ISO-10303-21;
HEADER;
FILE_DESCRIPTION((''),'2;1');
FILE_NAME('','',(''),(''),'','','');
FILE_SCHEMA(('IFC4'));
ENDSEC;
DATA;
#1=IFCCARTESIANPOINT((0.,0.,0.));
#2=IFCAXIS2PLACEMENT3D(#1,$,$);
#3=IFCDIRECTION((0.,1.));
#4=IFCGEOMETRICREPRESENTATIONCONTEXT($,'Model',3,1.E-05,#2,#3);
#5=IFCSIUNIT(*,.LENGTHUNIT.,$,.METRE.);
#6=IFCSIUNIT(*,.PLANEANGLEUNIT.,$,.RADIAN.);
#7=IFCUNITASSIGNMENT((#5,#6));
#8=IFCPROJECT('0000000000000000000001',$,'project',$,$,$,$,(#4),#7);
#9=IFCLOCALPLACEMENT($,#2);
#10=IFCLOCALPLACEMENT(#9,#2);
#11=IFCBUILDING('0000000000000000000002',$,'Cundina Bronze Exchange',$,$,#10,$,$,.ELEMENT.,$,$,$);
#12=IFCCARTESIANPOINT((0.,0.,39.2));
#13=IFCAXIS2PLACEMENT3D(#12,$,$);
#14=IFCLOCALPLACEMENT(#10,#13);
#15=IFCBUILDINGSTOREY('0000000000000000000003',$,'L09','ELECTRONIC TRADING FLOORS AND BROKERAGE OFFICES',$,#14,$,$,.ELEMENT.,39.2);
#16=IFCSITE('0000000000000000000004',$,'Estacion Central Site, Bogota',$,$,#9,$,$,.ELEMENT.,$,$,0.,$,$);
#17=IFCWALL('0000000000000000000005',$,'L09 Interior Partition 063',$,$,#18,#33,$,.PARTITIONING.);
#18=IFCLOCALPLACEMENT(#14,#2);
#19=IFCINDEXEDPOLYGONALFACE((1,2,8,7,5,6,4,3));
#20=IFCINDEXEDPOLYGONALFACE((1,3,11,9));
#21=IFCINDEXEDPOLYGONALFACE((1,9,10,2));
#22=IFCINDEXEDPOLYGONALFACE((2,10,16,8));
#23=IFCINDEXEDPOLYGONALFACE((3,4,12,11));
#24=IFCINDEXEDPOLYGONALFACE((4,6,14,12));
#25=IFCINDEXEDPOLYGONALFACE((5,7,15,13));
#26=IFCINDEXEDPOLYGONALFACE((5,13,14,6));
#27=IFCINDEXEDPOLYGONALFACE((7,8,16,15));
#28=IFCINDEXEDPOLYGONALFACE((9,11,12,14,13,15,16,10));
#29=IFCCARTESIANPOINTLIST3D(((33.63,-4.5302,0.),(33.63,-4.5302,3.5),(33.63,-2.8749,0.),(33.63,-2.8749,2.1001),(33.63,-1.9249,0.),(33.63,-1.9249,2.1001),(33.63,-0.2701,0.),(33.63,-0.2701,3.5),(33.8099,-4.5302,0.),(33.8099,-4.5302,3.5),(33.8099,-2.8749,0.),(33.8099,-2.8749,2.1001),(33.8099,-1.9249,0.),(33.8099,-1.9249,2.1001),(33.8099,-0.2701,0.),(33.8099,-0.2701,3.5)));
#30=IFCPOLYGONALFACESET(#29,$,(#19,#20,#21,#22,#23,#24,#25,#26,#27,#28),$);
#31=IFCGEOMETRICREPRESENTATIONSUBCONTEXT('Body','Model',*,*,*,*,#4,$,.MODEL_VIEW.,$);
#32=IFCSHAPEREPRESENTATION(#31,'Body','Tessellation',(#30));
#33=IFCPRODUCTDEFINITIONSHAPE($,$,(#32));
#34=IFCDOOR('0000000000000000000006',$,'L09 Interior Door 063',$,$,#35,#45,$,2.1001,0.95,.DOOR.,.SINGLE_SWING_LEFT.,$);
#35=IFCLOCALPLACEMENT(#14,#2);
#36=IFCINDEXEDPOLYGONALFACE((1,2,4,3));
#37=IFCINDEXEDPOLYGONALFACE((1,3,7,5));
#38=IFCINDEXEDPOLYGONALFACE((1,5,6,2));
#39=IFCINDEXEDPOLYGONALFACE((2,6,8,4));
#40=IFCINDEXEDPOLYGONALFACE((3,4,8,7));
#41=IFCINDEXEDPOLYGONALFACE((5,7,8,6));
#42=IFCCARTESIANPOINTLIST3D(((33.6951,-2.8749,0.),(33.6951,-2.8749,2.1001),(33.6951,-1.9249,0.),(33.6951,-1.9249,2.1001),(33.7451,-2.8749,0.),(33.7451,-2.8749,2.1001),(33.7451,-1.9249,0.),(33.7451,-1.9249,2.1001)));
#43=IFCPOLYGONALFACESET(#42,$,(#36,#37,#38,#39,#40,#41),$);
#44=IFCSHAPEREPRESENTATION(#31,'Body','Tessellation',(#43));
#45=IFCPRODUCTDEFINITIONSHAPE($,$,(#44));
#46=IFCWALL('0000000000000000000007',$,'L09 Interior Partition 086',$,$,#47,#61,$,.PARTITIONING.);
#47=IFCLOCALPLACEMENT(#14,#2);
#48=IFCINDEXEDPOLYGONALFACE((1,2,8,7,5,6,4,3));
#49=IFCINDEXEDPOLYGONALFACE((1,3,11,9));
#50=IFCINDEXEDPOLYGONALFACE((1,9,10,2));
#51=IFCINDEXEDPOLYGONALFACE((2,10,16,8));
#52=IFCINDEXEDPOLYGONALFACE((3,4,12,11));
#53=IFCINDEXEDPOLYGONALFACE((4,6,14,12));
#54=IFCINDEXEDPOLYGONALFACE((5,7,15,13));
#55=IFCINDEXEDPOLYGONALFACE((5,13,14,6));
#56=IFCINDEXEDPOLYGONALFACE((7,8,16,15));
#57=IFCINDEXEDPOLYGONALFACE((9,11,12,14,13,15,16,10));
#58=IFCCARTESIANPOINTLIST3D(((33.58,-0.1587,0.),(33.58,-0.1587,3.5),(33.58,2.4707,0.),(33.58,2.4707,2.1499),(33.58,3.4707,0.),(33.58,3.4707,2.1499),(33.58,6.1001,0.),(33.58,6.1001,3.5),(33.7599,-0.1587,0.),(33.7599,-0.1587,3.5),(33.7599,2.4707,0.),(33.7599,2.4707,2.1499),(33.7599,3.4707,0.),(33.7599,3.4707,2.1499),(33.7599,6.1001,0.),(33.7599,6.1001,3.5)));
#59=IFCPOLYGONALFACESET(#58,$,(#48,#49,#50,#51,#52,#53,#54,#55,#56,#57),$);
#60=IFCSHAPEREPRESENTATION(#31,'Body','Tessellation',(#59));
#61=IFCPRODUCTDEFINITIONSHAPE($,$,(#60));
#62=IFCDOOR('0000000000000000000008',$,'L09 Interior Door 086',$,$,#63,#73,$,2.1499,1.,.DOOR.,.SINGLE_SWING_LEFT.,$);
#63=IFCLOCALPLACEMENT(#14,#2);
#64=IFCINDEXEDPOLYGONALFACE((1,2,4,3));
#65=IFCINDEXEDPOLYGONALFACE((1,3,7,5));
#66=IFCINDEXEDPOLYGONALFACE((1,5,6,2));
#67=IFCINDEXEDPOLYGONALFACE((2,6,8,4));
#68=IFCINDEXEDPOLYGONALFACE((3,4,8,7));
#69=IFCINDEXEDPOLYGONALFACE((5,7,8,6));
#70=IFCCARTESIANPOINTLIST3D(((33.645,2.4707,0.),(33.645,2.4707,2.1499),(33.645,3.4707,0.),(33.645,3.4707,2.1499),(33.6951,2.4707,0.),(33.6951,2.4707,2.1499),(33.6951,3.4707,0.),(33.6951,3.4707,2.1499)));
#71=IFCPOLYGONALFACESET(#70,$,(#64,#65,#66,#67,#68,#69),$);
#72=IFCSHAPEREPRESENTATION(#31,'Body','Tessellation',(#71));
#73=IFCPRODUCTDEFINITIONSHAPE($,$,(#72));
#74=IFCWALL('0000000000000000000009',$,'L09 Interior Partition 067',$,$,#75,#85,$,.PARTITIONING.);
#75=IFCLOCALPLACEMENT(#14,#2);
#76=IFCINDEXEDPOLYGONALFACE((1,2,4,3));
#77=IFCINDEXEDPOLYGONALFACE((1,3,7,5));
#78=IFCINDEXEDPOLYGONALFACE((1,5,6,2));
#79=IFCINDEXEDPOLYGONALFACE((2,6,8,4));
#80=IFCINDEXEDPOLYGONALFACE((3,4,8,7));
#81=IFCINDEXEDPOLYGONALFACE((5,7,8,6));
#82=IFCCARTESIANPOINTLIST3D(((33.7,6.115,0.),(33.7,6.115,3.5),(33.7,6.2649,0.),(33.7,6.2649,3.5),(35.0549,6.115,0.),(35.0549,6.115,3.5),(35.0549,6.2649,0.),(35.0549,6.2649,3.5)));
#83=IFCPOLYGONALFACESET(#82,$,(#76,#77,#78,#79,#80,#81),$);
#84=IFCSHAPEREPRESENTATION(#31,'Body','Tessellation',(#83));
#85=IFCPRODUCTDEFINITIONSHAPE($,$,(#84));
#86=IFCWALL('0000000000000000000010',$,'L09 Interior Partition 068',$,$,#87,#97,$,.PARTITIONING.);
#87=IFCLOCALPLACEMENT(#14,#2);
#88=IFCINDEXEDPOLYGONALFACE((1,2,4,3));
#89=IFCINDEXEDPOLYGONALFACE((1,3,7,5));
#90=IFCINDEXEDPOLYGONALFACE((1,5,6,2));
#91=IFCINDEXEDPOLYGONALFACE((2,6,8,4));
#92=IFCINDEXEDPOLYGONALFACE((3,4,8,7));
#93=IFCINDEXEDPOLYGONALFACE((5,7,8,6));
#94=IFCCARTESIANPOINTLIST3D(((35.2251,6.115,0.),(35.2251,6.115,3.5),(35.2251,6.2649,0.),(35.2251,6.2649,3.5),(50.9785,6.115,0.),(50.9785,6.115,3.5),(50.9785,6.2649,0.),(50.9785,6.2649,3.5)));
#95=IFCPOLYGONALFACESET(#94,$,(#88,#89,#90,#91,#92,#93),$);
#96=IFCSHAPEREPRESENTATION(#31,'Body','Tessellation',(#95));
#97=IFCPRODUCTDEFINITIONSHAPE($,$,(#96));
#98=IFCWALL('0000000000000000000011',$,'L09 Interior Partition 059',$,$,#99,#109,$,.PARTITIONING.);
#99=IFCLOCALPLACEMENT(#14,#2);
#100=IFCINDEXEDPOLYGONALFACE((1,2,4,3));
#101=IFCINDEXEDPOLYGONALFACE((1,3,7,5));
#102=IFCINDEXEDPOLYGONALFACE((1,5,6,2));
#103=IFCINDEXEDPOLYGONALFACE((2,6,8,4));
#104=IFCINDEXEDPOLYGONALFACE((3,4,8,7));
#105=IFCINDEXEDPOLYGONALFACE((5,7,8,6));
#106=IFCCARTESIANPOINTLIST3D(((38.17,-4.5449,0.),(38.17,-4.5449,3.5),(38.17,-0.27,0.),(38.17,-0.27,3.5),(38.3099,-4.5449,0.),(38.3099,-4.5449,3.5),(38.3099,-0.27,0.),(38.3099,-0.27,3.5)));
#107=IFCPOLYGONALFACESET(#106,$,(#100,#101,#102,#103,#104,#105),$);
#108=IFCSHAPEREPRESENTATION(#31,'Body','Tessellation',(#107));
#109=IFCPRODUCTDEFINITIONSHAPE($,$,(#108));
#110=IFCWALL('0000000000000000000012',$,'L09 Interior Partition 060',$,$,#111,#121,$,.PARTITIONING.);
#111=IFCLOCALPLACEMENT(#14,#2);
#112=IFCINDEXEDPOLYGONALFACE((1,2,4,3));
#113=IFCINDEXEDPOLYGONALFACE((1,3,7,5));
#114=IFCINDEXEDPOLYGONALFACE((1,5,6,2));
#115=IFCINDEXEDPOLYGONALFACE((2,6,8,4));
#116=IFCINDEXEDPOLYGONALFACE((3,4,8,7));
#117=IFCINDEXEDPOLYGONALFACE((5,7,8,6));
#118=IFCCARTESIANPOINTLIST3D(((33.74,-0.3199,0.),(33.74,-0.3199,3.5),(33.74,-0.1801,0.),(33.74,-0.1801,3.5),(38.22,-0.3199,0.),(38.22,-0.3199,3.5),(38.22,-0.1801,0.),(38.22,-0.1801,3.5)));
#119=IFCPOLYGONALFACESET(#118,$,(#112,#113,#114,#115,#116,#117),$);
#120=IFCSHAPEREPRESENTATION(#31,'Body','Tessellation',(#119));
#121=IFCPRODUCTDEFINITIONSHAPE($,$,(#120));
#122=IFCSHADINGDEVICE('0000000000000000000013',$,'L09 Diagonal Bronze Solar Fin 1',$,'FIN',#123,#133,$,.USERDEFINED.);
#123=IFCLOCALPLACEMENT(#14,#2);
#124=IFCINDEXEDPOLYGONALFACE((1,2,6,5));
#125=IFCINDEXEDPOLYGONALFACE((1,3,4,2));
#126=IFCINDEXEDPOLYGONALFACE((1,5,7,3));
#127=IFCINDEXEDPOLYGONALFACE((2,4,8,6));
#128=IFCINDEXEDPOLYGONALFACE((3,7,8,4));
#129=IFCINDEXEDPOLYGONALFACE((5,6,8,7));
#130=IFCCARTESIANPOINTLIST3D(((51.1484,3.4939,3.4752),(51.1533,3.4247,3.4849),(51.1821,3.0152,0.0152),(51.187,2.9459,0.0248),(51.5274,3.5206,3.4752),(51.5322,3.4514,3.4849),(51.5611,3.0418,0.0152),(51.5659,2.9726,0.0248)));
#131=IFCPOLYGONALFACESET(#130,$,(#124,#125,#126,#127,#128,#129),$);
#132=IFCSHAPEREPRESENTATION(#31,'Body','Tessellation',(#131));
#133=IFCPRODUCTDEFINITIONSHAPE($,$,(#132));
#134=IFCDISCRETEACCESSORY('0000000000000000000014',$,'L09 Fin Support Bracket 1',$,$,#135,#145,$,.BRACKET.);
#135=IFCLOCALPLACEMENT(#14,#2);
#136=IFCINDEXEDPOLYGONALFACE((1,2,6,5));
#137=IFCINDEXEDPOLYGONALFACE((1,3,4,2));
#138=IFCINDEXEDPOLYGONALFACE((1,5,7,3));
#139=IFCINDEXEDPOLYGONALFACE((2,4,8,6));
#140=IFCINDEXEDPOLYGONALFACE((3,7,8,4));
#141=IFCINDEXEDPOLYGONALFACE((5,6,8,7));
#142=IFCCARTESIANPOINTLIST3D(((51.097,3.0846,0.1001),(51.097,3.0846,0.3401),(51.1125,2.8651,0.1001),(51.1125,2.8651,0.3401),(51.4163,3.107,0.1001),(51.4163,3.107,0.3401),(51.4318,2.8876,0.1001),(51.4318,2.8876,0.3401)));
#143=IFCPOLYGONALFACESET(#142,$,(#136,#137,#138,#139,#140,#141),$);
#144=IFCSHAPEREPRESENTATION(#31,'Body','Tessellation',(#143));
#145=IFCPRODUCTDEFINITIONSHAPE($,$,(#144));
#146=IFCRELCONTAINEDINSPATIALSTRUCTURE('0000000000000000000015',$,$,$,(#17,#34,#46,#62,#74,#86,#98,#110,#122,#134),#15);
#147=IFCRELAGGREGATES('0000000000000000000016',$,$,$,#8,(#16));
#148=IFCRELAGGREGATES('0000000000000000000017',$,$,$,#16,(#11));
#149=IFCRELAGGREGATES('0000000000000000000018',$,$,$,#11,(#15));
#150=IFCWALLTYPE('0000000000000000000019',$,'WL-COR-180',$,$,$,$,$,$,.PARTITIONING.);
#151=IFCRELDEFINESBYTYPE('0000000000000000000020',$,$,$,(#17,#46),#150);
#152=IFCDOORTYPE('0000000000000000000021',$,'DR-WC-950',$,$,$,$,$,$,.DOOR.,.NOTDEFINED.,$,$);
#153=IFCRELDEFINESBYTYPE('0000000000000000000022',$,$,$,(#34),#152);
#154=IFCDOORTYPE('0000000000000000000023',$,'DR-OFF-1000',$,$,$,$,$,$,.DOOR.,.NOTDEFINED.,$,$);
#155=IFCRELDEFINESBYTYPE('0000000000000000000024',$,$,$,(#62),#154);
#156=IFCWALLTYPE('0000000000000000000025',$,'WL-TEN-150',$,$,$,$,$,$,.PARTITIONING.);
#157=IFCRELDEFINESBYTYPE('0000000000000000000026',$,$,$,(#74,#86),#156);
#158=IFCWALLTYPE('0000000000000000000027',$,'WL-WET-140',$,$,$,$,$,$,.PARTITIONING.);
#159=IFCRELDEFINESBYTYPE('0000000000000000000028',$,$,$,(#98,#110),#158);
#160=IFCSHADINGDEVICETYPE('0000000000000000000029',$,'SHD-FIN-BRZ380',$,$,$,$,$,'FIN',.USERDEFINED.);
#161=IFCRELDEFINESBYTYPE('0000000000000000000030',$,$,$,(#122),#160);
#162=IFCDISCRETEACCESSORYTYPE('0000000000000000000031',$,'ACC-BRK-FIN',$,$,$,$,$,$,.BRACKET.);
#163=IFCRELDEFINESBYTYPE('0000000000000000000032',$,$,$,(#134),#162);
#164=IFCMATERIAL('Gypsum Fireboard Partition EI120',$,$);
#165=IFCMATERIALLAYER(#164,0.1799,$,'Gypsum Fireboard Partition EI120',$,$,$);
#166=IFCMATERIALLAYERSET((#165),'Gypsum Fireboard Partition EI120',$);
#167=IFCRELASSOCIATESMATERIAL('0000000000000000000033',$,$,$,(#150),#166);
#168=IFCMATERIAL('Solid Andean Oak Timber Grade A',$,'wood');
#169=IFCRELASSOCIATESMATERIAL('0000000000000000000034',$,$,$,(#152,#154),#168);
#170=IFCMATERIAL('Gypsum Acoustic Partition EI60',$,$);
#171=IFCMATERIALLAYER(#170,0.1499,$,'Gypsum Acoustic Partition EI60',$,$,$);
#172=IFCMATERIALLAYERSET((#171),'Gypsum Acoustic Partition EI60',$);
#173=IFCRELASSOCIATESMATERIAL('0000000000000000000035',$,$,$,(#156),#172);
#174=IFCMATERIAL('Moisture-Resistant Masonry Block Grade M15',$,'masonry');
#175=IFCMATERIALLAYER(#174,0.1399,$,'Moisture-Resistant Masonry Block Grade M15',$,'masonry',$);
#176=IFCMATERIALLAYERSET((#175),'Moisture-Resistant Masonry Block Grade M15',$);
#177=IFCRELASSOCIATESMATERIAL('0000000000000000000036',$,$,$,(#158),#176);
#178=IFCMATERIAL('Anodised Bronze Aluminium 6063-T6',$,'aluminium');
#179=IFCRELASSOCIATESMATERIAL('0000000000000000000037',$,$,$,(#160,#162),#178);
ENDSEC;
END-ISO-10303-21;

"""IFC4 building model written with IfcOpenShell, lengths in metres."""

from ifc_helpers import new_model, si_unit, direction, frame, frame_2d, origin, origin_2d, place, context, subcontext, project, spatial, rectangle, extrude, material, layer, layer_set, material_profile, profile_set, type_object, element, fill, save


model = new_model("IFC4")

# Units and contexts
model_context = context("Model", 3, precision=1e-05, world=origin(), true_north=direction((0.0, 1.0)))
body_context = subcontext(model_context, "Body", "Model", "MODEL_VIEW")
ifc_project = project(units=[si_unit("LENGTHUNIT", "METRE"), si_unit("PLANEANGLEUNIT", "RADIAN")], contexts=[model_context])

# Site, building, storey
site_placement = place(None, origin())
site = spatial("IfcSite", under=ifc_project, at=site_placement, Name="Estacion Central Site, Bogota", CompositionType="ELEMENT", RefElevation=0.0)
building_placement = place(site_placement, origin())
building = spatial("IfcBuilding", under=site, at=building_placement, Name="Cundina Bronze Exchange", CompositionType="ELEMENT")
storey_placement = place(building_placement, frame((0.0, 0.0, 39.2)))
storey = spatial("IfcBuildingStorey", under=building, at=storey_placement, Name="L09", Description="ELECTRONIC TRADING FLOORS AND BROKERAGE OFFICES", CompositionType="ELEMENT", Elevation=39.2)

# Shared definitions
ifc_material_1 = material(Name="Anodised Bronze Aluminium 6063-T6", Category="aluminium")

# Walls, openings, doors
ifc_material_2 = material(Name="Gypsum Fireboard Partition EI120")
ifc_layer_1 = layer(ifc_material_2, 0.1799, Name="Gypsum Fireboard Partition EI120")
ifc_layer_set_1 = layer_set([ifc_layer_1], Name="Gypsum Fireboard Partition EI120")
wall_type_1 = type_object("IfcWallType", Name="WL-COR-180", PredefinedType="PARTITIONING", material=ifc_layer_set_1)
wall_1_placement = place(storey_placement, frame((33.72, -4.53, 0.0), z_axis=(0.0, 0.0, 1.0), x_axis=(0.0, 1.0, 0.0)))
wall_1 = element("IfcWall", 1, at=wall_1_placement, inside=storey, type_object=wall_type_1, Name="L09 Interior Partition 063", PredefinedType="PARTITIONING", context=body_context, shape_type="SweptSolid", body=[
    extrude(rectangle(XDim=4.26, YDim=0.1799, at=frame_2d((2.1299, 0.0))), origin(), (0.0, 0.0, 1.0), 3.5),
])
opening_1_placement = place(wall_1_placement, frame((1.655, 0.0, 0.0)))
opening_1 = element("IfcOpeningElement", 2, at=opening_1_placement, cuts=wall_1, PredefinedType="OPENING", context=body_context, shape_type="SweptSolid", body=[
    extrude(rectangle(XDim=0.95, YDim=2.1001, at=frame_2d((0.4751, 1.05))), frame((0.0, 0.0999, 0.0), z_axis=(0.0, -1.0, 0.0), x_axis=(1.0, 0.0, 0.0)), (0.0, 0.0, 1.0), 0.2),
])
ifc_material_3 = material(Name="Solid Andean Oak Timber Grade A", Category="wood")
door_type_1 = type_object("IfcDoorType", Name="DR-WC-950", OperationType="NOTDEFINED", PredefinedType="DOOR", material=ifc_material_3)
door_1_placement = place(opening_1_placement, origin())
door_1 = element("IfcDoor", 3, at=door_1_placement, inside=storey, type_object=door_type_1, Name="L09 Interior Door 063", OperationType="SINGLE_SWING_LEFT", OverallHeight=2.1001, OverallWidth=0.95, PredefinedType="DOOR", context=body_context, shape_type="SweptSolid", body=[
    extrude(rectangle(XDim=0.95, YDim=2.1001, at=frame_2d((0.4751, 1.05))), frame((0.0, 0.0249, 0.0), z_axis=(0.0, -1.0, 0.0), x_axis=(1.0, 0.0, 0.0)), (0.0, 0.0, 1.0), 0.05),
])
fill(opening_1, door_1)
wall_2_placement = place(storey_placement, frame((33.6699, -0.1587, 0.0), z_axis=(0.0, 0.0, 1.0), x_axis=(0.0, 1.0, 0.0)))
wall_2 = element("IfcWall", 4, at=wall_2_placement, inside=storey, type_object=wall_type_1, Name="L09 Interior Partition 086", PredefinedType="PARTITIONING", context=body_context, shape_type="SweptSolid", body=[
    extrude(rectangle(XDim=6.2588, YDim=0.1799, at=frame_2d((3.1294, 0.0))), origin(), (0.0, 0.0, 1.0), 3.5),
])
opening_2_placement = place(wall_2_placement, frame((2.6294, 0.0, 0.0)))
opening_2 = element("IfcOpeningElement", 5, at=opening_2_placement, cuts=wall_2, PredefinedType="OPENING", context=body_context, shape_type="SweptSolid", body=[
    extrude(rectangle(XDim=1.0, YDim=2.1499, at=frame_2d((0.5, 1.075))), frame((0.0, 0.0999, 0.0), z_axis=(0.0, -1.0, 0.0), x_axis=(1.0, 0.0, 0.0)), (0.0, 0.0, 1.0), 0.2),
])
door_type_2 = type_object("IfcDoorType", Name="DR-OFF-1000", OperationType="NOTDEFINED", PredefinedType="DOOR", material=ifc_material_3)
door_2_placement = place(opening_2_placement, origin())
door_2 = element("IfcDoor", 6, at=door_2_placement, inside=storey, type_object=door_type_2, Name="L09 Interior Door 086", OperationType="SINGLE_SWING_LEFT", OverallHeight=2.1499, OverallWidth=1.0, PredefinedType="DOOR", context=body_context, shape_type="SweptSolid", body=[
    extrude(rectangle(XDim=1.0, YDim=2.1499, at=frame_2d((0.5, 1.075))), frame((0.0, 0.0249, 0.0), z_axis=(0.0, -1.0, 0.0), x_axis=(1.0, 0.0, 0.0)), (0.0, 0.0, 1.0), 0.05),
])
fill(opening_2, door_2)

# Walls
ifc_material_4 = material(Name="Gypsum Acoustic Partition EI60")
ifc_layer_2 = layer(ifc_material_4, 0.1499, Name="Gypsum Acoustic Partition EI60")
ifc_layer_set_2 = layer_set([ifc_layer_2], Name="Gypsum Acoustic Partition EI60")
wall_type_2 = type_object("IfcWallType", Name="WL-TEN-150", PredefinedType="PARTITIONING", material=ifc_layer_set_2)
wall_3_placement = place(storey_placement, frame((33.7, 6.1899, 0.0), z_axis=(0.0, 0.0, 1.0), x_axis=(1.0, 0.0, 0.0)))
element("IfcWall", 7, at=wall_3_placement, inside=storey, type_object=wall_type_2, Name="L09 Interior Partition 067", PredefinedType="PARTITIONING", context=body_context, shape_type="SweptSolid", body=[
    extrude(rectangle(XDim=1.355, YDim=0.1499, at=frame_2d((0.6775, 0.0))), origin(), (0.0, 0.0, 1.0), 3.5),
])
wall_4_placement = place(storey_placement, frame((35.2251, 6.1899, 0.0), z_axis=(0.0, 0.0, 1.0), x_axis=(1.0, 0.0, 0.0)))
element("IfcWall", 8, at=wall_4_placement, inside=storey, type_object=wall_type_2, Name="L09 Interior Partition 068", PredefinedType="PARTITIONING", context=body_context, shape_type="SweptSolid", body=[
    extrude(rectangle(XDim=15.7534, YDim=0.1499, at=frame_2d((7.8767, 0.0))), origin(), (0.0, 0.0, 1.0), 3.5),
])
ifc_material_5 = material(Name="Moisture-Resistant Masonry Block Grade M15", Category="masonry")
ifc_layer_3 = layer(ifc_material_5, 0.1399, Name="Moisture-Resistant Masonry Block Grade M15", Category="masonry")
ifc_layer_set_3 = layer_set([ifc_layer_3], Name="Moisture-Resistant Masonry Block Grade M15")
wall_type_3 = type_object("IfcWallType", Name="WL-WET-140", PredefinedType="PARTITIONING", material=ifc_layer_set_3)
wall_5_placement = place(storey_placement, frame((38.24, -4.5449, 0.0), z_axis=(0.0, 0.0, 1.0), x_axis=(0.0, 1.0, 0.0)))
element("IfcWall", 9, at=wall_5_placement, inside=storey, type_object=wall_type_3, Name="L09 Interior Partition 059", PredefinedType="PARTITIONING", context=body_context, shape_type="SweptSolid", body=[
    extrude(rectangle(XDim=4.2749, YDim=0.1399, at=frame_2d((2.1375, 0.0))), origin(), (0.0, 0.0, 1.0), 3.5),
])
wall_6_placement = place(storey_placement, frame((33.74, -0.25, 0.0), z_axis=(0.0, 0.0, 1.0), x_axis=(1.0, 0.0, 0.0)))
element("IfcWall", 10, at=wall_6_placement, inside=storey, type_object=wall_type_3, Name="L09 Interior Partition 060", PredefinedType="PARTITIONING", context=body_context, shape_type="SweptSolid", body=[
    extrude(rectangle(XDim=4.48, YDim=0.1399, at=frame_2d((2.24, 0.0))), origin(), (0.0, 0.0, 1.0), 3.5),
])

# Shading device
ifc_material_profile_1 = material_profile(ifc_material_1, rectangle(XDim=0.0701, YDim=0.3799, at=origin_2d()), Name="FIN70X380", Category="aluminium")
ifc_profile_set_1 = profile_set([ifc_material_profile_1], Name="Anodised Bronze Aluminium 6063-T6")
shading_device_type = type_object("IfcShadingDeviceType", Name="SHD-FIN-BRZ380", ElementType="FIN", PredefinedType="USERDEFINED", material=ifc_profile_set_1)
shading_device_placement = place(storey_placement, frame((51.374, 2.9939, 0.02), z_axis=(-0.009645, 0.137059, 0.990516), x_axis=(0.069533, -0.988072, 0.137398)))
element("IfcShadingDevice", 11, at=shading_device_placement, inside=storey, type_object=shading_device_type, Name="L09 Diagonal Bronze Solar Fin 1", ObjectType="FIN", PredefinedType="USERDEFINED", context=body_context, shape_type="SweptSolid", body=[
    extrude(rectangle(XDim=0.0701, YDim=0.3799, at=origin_2d()), origin(), (0.0, 0.0, 1.0), 3.4932),
])

# Discrete accessory
discrete_accessory_type = type_object("IfcDiscreteAccessoryType", Name="ACC-BRK-FIN", PredefinedType="BRACKET", material=ifc_material_1)
discrete_accessory_placement = place(storey_placement, frame((51.2644, 2.9861, 0.1001), z_axis=(0.0, 0.0, 1.0), x_axis=(-0.070279, 0.997527, 0.0)))
element("IfcDiscreteAccessory", 12, at=discrete_accessory_placement, inside=storey, type_object=discrete_accessory_type, Name="L09 Fin Support Bracket 1", PredefinedType="BRACKET", context=body_context, shape_type="SweptSolid", body=[
    extrude(rectangle(XDim=0.22, YDim=0.3201, at=origin_2d()), origin(), (0.0, 0.0, 1.0), 0.24),
])

save(model, "model.ifc")
